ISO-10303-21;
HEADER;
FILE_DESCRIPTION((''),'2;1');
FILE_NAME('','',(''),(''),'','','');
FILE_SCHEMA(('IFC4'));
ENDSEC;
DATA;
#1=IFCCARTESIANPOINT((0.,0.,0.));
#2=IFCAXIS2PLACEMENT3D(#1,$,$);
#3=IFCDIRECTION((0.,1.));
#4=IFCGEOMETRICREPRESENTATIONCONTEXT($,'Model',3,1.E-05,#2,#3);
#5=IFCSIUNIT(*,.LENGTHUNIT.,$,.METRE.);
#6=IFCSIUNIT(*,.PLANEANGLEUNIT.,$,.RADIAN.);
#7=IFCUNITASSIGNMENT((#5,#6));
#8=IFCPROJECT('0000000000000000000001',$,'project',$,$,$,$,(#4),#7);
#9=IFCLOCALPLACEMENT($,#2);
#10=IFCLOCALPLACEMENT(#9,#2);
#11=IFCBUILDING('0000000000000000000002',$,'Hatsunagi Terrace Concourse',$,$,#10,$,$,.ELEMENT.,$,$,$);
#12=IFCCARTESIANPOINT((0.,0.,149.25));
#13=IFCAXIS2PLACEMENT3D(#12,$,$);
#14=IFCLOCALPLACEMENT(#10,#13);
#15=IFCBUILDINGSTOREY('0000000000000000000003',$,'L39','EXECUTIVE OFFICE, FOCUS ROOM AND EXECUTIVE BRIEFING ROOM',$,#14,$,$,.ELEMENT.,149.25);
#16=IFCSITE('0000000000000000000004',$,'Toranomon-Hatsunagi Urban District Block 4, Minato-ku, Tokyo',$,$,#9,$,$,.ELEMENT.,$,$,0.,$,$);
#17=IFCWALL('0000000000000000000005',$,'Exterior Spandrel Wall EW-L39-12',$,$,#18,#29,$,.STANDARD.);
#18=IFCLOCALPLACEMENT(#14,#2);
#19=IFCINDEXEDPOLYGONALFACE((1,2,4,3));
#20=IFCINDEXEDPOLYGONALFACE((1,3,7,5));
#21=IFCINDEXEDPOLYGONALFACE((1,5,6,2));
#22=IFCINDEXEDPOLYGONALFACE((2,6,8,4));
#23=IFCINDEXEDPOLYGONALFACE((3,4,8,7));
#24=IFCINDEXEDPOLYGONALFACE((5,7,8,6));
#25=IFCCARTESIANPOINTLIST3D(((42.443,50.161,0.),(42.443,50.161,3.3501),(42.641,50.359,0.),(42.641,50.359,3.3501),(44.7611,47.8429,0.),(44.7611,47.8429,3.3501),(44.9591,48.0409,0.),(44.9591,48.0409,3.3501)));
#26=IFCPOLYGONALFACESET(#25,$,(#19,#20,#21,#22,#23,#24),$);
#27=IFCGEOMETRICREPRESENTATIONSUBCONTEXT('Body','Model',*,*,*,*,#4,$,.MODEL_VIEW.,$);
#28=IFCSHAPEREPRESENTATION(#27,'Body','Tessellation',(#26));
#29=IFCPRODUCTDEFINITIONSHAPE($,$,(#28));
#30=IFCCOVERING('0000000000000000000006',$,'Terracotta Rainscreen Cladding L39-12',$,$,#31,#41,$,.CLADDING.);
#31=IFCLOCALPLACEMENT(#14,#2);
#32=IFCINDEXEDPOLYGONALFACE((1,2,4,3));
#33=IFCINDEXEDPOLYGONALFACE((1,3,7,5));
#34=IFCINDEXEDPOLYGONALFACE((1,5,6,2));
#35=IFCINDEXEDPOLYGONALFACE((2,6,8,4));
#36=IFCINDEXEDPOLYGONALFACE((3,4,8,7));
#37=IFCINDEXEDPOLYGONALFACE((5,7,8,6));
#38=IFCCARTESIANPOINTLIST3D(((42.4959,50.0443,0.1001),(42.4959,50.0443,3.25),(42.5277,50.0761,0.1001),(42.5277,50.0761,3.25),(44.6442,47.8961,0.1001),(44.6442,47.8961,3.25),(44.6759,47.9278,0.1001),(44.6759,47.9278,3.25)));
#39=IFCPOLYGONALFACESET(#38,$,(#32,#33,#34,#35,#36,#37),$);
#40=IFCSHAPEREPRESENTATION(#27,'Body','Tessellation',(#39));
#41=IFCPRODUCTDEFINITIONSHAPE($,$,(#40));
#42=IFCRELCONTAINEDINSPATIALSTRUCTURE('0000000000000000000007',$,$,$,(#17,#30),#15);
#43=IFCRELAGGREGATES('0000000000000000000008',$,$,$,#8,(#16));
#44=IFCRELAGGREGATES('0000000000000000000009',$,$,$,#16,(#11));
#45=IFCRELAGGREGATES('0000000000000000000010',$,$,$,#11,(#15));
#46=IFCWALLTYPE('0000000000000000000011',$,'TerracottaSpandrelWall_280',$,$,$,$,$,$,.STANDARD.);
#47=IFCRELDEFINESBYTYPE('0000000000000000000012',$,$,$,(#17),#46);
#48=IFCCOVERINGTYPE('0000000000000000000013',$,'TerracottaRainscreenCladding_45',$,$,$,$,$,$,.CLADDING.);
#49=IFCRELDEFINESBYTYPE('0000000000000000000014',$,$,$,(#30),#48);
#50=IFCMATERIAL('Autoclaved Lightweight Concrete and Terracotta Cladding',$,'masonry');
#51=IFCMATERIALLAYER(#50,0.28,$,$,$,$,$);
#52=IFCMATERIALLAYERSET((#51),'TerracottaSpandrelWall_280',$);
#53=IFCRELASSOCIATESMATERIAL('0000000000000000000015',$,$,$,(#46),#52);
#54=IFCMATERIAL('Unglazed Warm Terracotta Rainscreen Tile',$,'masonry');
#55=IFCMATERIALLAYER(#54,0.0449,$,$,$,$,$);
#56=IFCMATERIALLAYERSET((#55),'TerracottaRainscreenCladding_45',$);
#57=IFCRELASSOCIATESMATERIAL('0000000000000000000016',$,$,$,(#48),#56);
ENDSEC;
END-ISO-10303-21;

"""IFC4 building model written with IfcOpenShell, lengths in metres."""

from ifc_helpers import new_model, si_unit, direction, frame, frame_2d, origin, origin_2d, place, context, subcontext, project, spatial, rectangle, extrude, material, layer, layer_set, type_object, element, save


model = new_model("IFC4")

# Units and contexts
model_context = context("Model", 3, precision=1e-05, world=origin(), true_north=direction((0.0, 1.0)))
body_context = subcontext(model_context, "Body", "Model", "MODEL_VIEW")
ifc_project = project(units=[si_unit("LENGTHUNIT", "METRE"), si_unit("PLANEANGLEUNIT", "RADIAN")], contexts=[model_context])

# Site, building, storey
site_placement = place(None, origin())
site = spatial("IfcSite", under=ifc_project, at=site_placement, Name="Toranomon-Hatsunagi Urban District Block 4, Minato-ku, Tokyo", CompositionType="ELEMENT", RefElevation=0.0)
building_placement = place(site_placement, origin())
building = spatial("IfcBuilding", under=site, at=building_placement, Name="Hatsunagi Terrace Concourse", CompositionType="ELEMENT")
storey_placement = place(building_placement, frame((0.0, 0.0, 149.25)))
storey = spatial("IfcBuildingStorey", under=building, at=storey_placement, Name="L39", Description="EXECUTIVE OFFICE, FOCUS ROOM AND EXECUTIVE BRIEFING ROOM", CompositionType="ELEMENT", Elevation=149.25)

# Wall
ifc_material_1 = material(Name="Autoclaved Lightweight Concrete and Terracotta Cladding", Category="masonry")
ifc_layer_1 = layer(ifc_material_1, 0.28)
ifc_layer_set_1 = layer_set([ifc_layer_1], Name="TerracottaSpandrelWall_280")
wall_type_1 = type_object("IfcWallType", Name="TerracottaSpandrelWall_280", PredefinedType="STANDARD", material=ifc_layer_set_1)
wall_1_placement = place(storey_placement, frame((42.542, 50.26, 0.0), z_axis=(0.0, 0.0, 1.0), x_axis=(0.707107, -0.707107, 0.0)))
element("IfcWall", 1, at=wall_1_placement, inside=storey, type_object=wall_type_1, Name="Exterior Spandrel Wall EW-L39-12", PredefinedType="STANDARD", context=body_context, shape_type="SweptSolid", body=[
    extrude(rectangle(XDim=3.2783, YDim=0.28, at=frame_2d((1.6392, 0.0))), origin(), (0.0, 0.0, 1.0), 3.3501),
])

# Covering
ifc_material_2 = material(Name="Unglazed Warm Terracotta Rainscreen Tile", Category="masonry")
ifc_layer_2 = layer(ifc_material_2, 0.0449)
ifc_layer_set_2 = layer_set([ifc_layer_2], Name="TerracottaRainscreenCladding_45")
covering_type = type_object("IfcCoveringType", Name="TerracottaRainscreenCladding_45", PredefinedType="CLADDING", material=ifc_layer_set_2)
covering_placement = place(storey_placement, frame((43.5859, 48.9861, 0.1001), z_axis=(0.0, 0.0, 1.0), x_axis=(0.707107, -0.707107, 0.0)))
element("IfcCovering", 2, at=covering_placement, inside=storey, type_object=covering_type, Name="Terracotta Rainscreen Cladding L39-12", PredefinedType="CLADDING", context=body_context, shape_type="SweptSolid", body=[
    extrude(rectangle(XDim=3.0381, YDim=0.0449, at=origin_2d()), origin(), (0.0, 0.0, 1.0), 3.1499),
])

save(model, "model.ifc")
